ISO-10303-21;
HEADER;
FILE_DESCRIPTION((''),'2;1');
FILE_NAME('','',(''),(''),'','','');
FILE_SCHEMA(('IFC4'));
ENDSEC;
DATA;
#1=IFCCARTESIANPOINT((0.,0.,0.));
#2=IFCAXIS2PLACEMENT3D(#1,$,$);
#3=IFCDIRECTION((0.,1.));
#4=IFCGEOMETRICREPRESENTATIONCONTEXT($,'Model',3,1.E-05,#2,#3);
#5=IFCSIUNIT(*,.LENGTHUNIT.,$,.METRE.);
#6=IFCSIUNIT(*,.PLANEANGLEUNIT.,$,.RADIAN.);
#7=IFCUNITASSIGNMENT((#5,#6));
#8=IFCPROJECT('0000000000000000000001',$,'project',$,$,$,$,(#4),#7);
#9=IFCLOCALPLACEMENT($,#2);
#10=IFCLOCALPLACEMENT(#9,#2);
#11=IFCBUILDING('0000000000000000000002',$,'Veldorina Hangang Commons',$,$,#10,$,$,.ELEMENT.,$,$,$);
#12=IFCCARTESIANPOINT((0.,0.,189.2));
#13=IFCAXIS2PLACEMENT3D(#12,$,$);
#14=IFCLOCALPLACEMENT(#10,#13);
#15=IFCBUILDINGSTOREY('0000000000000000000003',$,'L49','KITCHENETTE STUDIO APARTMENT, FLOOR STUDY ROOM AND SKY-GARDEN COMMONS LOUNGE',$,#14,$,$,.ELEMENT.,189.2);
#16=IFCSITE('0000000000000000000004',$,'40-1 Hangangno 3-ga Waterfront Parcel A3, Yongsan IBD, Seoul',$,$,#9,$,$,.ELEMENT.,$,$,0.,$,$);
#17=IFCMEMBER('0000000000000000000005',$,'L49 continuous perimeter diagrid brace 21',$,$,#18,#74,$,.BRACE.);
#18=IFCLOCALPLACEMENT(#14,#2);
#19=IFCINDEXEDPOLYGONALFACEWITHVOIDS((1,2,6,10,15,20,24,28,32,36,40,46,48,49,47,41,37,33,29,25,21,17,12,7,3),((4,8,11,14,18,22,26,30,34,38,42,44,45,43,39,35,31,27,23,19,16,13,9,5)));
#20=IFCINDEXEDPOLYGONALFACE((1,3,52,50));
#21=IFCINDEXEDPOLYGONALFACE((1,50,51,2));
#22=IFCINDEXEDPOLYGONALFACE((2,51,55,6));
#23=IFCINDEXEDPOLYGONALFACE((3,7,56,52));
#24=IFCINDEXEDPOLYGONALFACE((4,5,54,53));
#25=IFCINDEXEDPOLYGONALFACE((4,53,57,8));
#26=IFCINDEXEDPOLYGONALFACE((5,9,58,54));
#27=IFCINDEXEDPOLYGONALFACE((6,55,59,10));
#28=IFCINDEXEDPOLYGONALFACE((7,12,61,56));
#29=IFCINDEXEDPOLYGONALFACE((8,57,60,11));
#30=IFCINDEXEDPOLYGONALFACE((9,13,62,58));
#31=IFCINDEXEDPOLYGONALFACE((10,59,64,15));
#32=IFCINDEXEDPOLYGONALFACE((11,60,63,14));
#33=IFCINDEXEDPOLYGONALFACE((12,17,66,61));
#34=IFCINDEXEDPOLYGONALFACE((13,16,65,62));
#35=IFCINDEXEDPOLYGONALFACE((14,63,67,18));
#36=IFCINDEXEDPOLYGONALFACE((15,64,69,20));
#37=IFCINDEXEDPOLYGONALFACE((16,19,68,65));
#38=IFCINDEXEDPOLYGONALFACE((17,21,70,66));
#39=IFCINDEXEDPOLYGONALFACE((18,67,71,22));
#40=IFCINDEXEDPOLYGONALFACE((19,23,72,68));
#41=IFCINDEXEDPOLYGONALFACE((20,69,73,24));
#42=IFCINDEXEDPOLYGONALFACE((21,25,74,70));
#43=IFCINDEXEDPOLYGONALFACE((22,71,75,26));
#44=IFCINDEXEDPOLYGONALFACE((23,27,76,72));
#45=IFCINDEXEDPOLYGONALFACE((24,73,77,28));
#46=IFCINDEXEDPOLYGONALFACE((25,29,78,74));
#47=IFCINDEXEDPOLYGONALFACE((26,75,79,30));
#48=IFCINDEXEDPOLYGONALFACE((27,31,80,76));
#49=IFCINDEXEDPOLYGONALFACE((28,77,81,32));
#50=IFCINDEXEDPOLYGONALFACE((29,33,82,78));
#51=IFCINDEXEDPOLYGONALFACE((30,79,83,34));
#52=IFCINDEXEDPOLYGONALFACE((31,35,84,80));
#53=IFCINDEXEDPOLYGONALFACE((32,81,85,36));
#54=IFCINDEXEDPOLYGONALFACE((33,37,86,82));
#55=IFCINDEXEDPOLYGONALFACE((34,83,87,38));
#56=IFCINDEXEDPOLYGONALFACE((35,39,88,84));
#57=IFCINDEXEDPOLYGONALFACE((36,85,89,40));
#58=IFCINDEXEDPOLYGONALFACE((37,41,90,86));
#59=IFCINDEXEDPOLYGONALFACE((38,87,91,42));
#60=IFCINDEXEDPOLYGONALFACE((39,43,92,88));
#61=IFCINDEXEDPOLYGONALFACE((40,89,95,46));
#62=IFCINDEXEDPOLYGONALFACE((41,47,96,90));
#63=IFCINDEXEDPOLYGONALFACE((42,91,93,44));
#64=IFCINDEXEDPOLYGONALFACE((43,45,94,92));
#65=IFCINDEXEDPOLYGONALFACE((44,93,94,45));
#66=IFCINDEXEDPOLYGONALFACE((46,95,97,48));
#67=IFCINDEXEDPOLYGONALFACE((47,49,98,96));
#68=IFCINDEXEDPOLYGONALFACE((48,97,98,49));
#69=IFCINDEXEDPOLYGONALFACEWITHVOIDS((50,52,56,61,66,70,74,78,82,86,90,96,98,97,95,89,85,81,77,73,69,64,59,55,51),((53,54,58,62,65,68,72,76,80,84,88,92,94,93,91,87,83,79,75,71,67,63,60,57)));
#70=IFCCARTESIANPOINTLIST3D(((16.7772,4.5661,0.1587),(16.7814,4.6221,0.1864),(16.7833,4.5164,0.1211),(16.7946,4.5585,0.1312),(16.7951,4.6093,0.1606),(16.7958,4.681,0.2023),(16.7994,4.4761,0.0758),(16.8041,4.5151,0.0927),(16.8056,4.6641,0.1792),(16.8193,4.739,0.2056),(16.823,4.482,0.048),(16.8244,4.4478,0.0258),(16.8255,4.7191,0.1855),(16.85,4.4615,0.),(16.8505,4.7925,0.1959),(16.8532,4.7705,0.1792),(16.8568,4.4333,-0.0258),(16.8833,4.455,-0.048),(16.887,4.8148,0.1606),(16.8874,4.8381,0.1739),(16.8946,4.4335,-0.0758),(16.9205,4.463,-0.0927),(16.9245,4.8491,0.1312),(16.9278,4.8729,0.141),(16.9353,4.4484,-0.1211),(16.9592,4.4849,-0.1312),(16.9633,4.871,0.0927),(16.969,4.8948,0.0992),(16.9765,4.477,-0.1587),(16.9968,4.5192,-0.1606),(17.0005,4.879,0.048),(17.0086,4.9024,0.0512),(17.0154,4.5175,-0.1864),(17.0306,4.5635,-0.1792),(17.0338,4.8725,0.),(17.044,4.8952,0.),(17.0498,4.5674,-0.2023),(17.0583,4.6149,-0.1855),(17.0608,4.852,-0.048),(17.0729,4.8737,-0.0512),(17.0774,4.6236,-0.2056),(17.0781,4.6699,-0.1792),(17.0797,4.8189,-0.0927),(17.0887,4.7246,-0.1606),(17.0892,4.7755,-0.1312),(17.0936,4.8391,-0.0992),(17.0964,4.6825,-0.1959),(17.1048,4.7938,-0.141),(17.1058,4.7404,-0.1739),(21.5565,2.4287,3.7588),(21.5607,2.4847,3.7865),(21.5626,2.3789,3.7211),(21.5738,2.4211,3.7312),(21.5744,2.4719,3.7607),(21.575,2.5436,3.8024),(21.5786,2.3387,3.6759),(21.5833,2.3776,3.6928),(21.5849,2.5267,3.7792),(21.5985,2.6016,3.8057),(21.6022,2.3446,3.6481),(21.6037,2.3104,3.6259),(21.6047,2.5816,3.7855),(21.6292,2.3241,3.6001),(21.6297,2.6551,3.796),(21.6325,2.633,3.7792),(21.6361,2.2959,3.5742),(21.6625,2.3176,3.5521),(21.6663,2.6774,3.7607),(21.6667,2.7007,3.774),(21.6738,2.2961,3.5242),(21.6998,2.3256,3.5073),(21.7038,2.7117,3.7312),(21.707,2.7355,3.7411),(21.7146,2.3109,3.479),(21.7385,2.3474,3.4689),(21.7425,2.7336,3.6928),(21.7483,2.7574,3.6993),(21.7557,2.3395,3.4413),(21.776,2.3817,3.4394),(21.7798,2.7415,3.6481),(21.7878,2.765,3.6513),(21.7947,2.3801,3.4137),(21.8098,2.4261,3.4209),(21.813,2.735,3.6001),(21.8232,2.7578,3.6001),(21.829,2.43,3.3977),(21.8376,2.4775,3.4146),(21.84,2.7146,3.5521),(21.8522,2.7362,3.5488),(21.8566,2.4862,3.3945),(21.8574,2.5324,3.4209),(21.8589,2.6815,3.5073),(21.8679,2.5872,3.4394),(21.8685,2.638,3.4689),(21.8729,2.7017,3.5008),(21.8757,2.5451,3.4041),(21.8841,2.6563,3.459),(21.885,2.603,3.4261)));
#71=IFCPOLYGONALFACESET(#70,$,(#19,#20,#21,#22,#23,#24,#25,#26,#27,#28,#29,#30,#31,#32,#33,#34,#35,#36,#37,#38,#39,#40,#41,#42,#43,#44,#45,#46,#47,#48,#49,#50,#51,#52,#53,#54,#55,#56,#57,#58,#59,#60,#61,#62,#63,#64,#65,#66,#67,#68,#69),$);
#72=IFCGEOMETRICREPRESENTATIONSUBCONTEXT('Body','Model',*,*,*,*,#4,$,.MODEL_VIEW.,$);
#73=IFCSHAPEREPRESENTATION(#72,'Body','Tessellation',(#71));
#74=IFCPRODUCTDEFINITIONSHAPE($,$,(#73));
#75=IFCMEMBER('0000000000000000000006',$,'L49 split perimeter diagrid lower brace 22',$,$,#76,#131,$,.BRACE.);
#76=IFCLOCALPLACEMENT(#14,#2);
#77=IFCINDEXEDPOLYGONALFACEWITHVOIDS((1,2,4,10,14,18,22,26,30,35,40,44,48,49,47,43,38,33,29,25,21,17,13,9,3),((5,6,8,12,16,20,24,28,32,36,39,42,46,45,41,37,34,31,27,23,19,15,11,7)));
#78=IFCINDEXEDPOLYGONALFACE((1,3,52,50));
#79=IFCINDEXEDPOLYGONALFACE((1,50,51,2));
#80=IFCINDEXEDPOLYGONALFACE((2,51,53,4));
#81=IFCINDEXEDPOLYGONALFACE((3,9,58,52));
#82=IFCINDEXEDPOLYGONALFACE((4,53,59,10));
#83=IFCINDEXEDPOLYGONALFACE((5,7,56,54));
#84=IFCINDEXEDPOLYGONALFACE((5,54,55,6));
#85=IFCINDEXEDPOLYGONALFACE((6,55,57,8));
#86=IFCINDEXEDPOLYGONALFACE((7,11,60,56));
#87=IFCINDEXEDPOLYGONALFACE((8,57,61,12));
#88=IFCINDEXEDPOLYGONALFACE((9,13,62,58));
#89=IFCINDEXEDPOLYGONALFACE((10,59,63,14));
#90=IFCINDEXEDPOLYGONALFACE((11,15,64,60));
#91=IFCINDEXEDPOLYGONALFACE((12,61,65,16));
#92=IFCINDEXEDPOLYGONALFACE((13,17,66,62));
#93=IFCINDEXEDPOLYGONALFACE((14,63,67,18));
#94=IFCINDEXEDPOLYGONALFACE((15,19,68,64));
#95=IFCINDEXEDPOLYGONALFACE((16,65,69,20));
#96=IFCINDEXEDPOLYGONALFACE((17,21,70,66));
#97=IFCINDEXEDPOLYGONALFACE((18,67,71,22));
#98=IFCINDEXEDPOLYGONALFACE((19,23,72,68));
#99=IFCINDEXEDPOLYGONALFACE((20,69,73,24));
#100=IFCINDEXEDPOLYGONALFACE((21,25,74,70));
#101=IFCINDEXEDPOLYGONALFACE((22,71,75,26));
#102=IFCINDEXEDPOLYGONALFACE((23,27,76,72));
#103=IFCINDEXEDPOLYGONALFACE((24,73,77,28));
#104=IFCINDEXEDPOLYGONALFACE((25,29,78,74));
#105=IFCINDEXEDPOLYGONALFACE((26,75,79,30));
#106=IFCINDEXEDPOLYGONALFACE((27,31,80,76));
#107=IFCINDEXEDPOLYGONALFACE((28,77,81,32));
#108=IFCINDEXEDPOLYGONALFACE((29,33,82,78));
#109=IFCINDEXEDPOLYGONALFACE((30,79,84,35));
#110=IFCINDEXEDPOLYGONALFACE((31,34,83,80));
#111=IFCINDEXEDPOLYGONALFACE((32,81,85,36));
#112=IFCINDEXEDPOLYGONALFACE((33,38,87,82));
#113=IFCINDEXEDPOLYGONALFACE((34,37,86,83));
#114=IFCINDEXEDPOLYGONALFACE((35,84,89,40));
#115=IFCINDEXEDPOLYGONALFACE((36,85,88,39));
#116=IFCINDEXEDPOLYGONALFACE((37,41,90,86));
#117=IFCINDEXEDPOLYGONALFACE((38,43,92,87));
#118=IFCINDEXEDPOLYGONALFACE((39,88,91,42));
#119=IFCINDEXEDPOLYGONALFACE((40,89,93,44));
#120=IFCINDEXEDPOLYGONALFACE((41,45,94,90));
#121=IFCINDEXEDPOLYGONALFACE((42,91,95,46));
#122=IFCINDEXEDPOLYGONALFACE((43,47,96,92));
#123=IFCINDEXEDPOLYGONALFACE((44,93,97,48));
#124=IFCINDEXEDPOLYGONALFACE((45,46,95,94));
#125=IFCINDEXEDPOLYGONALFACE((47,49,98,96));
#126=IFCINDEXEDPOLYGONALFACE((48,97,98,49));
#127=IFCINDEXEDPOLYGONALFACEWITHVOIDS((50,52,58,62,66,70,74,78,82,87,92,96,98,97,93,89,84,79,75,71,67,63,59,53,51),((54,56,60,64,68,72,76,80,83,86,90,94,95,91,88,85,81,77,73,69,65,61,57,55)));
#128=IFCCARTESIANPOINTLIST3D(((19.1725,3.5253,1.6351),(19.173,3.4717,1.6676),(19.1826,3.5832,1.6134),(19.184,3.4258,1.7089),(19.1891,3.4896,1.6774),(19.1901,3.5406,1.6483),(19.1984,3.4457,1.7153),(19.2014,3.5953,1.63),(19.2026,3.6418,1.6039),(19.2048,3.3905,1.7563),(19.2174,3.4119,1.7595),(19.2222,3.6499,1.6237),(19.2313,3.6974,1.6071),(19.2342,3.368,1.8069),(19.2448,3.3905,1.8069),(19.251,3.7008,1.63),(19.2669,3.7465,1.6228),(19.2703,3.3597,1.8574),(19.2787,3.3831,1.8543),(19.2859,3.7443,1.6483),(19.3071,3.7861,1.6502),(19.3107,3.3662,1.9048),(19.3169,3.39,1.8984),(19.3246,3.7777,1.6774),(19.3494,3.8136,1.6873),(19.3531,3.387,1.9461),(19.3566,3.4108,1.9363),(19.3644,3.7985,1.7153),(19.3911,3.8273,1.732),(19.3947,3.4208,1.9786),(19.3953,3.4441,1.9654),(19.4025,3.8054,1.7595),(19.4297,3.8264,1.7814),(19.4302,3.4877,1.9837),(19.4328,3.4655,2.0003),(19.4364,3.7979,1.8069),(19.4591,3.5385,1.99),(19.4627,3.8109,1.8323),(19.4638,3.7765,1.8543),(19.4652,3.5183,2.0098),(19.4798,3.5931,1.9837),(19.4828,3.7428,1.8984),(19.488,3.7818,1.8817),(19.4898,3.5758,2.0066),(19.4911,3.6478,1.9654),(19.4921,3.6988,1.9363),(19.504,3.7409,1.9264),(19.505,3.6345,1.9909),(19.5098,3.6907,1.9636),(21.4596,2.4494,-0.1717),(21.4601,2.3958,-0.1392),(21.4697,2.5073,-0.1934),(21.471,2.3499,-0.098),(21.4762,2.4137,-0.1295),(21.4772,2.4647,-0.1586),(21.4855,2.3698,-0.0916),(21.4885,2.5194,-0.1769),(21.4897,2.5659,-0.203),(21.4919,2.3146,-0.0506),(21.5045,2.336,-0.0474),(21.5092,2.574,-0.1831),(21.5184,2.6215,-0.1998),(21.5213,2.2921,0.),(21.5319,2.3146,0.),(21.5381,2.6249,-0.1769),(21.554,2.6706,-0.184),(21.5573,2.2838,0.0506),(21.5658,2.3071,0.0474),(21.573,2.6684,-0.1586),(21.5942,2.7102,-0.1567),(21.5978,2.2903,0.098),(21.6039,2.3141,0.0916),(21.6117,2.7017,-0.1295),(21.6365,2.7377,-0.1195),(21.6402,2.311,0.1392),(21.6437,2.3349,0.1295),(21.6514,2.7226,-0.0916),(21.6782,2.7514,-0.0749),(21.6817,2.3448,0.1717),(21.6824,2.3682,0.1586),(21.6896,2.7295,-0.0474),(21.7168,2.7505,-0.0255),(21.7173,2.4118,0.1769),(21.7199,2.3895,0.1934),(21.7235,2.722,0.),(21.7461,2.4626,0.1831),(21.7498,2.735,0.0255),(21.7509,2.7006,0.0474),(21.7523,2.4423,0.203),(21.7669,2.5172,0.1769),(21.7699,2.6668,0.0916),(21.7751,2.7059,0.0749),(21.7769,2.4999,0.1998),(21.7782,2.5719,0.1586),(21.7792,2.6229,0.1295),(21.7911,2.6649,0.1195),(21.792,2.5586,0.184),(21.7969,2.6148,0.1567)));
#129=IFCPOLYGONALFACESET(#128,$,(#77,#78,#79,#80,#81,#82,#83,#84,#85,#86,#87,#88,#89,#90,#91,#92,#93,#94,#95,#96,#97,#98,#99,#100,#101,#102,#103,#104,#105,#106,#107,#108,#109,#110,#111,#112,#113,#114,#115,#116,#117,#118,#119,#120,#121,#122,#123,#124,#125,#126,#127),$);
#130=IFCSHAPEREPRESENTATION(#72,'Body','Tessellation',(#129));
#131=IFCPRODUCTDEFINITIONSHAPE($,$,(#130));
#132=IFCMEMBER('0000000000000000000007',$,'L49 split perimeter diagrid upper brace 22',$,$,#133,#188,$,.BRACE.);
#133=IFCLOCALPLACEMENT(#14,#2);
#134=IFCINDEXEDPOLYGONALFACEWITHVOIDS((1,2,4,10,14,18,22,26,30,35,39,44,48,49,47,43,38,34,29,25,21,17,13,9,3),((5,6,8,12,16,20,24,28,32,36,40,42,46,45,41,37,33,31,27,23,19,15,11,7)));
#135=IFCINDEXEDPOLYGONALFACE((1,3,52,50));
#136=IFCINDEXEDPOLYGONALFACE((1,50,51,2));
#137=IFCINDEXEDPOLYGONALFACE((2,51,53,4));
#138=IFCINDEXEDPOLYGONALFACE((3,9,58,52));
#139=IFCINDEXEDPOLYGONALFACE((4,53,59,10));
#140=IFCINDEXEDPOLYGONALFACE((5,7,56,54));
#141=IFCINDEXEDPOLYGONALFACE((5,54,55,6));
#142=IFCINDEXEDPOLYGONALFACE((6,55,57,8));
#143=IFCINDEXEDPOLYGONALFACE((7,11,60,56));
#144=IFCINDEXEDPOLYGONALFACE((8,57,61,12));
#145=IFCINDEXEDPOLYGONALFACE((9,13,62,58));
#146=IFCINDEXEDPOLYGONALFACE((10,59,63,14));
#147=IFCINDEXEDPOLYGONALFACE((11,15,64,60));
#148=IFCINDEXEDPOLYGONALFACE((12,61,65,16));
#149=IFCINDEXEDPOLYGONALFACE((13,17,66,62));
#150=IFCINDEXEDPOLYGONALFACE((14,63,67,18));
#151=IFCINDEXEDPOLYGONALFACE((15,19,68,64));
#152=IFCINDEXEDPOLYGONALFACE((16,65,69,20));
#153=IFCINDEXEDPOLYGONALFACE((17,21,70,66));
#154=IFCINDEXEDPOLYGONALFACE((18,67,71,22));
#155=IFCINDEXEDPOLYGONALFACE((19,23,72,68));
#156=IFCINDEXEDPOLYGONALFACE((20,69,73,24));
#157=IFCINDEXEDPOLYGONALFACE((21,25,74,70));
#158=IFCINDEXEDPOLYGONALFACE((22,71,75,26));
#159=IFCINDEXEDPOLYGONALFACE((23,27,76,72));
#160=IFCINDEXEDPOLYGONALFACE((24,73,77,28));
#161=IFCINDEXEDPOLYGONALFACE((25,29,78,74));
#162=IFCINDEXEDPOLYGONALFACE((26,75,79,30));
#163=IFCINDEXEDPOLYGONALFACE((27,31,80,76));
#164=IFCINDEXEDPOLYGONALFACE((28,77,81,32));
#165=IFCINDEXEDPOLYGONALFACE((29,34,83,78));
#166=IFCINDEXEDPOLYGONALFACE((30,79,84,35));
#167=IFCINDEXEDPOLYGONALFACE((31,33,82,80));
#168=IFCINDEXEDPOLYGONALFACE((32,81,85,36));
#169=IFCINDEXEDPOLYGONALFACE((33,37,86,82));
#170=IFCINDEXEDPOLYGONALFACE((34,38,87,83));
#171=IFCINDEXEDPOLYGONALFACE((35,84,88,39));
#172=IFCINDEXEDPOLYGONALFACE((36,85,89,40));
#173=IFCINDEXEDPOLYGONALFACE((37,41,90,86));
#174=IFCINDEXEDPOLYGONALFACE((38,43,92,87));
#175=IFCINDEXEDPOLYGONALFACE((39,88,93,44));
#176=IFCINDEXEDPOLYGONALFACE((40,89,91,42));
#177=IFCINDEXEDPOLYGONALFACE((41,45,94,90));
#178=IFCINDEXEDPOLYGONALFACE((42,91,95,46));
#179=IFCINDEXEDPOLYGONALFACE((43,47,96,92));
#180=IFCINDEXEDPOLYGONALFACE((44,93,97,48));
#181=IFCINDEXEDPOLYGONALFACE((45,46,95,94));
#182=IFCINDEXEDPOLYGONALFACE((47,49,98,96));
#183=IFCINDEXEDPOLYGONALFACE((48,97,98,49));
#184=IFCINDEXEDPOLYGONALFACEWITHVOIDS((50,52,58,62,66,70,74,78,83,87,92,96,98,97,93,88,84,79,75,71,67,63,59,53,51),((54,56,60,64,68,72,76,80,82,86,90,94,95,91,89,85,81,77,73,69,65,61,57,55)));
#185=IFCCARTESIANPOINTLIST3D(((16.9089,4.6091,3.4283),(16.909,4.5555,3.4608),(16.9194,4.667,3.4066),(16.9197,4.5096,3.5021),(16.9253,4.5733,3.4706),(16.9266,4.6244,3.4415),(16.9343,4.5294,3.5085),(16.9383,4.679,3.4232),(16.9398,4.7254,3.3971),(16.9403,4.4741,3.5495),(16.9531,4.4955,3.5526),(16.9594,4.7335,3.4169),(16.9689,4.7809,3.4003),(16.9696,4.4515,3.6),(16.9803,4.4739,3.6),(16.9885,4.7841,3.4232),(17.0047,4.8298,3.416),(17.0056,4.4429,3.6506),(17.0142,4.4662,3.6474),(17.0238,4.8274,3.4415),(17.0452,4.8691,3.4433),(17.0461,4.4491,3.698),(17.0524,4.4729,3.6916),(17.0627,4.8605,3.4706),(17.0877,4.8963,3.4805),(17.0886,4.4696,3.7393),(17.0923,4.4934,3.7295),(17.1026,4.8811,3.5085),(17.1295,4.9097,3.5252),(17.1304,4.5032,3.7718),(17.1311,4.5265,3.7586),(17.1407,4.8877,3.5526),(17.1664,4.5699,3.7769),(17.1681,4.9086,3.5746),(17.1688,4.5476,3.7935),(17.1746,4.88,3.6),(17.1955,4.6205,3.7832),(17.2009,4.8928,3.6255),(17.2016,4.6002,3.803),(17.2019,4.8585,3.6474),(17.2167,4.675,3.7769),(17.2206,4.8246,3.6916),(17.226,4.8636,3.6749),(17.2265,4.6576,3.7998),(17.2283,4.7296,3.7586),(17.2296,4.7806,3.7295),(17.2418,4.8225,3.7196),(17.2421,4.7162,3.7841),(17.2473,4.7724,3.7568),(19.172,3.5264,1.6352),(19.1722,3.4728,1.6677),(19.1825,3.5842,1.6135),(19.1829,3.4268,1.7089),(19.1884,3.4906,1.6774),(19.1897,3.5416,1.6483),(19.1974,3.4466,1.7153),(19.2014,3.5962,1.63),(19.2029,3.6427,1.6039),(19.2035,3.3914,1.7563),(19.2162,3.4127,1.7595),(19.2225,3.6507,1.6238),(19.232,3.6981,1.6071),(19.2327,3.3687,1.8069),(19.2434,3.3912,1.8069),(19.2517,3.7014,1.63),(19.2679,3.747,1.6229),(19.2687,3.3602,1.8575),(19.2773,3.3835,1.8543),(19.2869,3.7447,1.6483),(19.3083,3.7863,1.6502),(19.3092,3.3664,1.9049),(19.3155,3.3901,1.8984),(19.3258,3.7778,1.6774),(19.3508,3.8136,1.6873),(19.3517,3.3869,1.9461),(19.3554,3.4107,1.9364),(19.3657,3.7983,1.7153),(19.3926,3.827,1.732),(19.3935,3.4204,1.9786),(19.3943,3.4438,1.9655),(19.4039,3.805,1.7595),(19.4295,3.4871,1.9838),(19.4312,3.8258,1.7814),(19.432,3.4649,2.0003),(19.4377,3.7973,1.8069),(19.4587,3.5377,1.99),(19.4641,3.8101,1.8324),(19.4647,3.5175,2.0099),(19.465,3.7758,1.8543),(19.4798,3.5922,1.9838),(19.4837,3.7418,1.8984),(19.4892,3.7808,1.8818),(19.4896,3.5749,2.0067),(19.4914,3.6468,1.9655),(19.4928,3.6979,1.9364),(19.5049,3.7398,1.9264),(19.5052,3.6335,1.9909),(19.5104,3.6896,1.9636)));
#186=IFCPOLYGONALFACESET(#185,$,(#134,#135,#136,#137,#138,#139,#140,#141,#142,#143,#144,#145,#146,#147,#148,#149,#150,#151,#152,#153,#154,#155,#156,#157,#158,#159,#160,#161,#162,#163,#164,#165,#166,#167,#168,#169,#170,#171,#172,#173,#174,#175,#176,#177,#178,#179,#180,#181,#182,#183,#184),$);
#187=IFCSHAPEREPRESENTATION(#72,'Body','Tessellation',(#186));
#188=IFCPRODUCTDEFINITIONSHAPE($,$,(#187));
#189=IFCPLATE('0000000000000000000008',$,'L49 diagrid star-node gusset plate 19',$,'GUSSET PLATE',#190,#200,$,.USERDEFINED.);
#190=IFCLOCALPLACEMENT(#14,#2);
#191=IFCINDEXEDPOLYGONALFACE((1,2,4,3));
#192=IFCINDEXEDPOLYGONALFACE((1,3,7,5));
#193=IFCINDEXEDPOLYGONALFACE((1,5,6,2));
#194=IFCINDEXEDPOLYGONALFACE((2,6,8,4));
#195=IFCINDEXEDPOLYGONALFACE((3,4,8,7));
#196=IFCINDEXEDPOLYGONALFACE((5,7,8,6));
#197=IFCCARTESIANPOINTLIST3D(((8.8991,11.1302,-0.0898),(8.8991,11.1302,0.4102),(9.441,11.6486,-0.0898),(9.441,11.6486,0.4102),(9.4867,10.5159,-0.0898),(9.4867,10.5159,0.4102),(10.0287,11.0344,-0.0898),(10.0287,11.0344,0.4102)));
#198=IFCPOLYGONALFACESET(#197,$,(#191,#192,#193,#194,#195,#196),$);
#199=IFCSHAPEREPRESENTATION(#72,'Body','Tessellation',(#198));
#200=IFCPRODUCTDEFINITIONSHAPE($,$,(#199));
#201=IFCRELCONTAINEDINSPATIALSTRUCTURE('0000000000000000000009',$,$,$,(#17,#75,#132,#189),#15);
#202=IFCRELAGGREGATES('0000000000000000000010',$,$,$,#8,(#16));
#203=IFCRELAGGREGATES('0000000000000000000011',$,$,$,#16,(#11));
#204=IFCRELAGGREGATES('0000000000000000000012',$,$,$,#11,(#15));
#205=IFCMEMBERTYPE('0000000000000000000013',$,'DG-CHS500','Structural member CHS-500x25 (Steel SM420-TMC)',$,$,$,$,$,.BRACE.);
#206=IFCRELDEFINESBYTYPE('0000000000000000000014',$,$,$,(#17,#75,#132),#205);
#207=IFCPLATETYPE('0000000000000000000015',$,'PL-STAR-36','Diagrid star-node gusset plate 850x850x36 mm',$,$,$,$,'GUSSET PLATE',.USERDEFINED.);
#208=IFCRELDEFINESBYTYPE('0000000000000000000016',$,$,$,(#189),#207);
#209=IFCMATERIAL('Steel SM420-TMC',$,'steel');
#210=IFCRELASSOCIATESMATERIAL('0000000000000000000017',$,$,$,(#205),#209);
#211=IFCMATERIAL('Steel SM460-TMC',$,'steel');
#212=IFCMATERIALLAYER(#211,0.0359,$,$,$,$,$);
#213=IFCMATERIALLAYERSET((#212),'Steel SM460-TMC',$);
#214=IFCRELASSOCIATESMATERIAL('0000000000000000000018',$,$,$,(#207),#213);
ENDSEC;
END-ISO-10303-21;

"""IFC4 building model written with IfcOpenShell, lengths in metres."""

from ifc_helpers import new_model, si_unit, direction, frame, origin, origin_2d, place, context, subcontext, project, spatial, rectangle, hollow_circle, extrude, material, layer, layer_set, material_profile, profile_set, type_object, element, save


model = new_model("IFC4")

# Units and contexts
model_context = context("Model", 3, precision=1e-05, world=origin(), true_north=direction((0.0, 1.0)))
body_context = subcontext(model_context, "Body", "Model", "MODEL_VIEW")
ifc_project = project(units=[si_unit("LENGTHUNIT", "METRE"), si_unit("PLANEANGLEUNIT", "RADIAN")], contexts=[model_context])

# Site, building, storey
site_placement = place(None, origin())
site = spatial("IfcSite", under=ifc_project, at=site_placement, Name="40-1 Hangangno 3-ga Waterfront Parcel A3, Yongsan IBD, Seoul", CompositionType="ELEMENT", RefElevation=0.0)
building_placement = place(site_placement, origin())
building = spatial("IfcBuilding", under=site, at=building_placement, Name="Veldorina Hangang Commons", CompositionType="ELEMENT")
storey_placement = place(building_placement, frame((0.0, 0.0, 189.2)))
storey = spatial("IfcBuildingStorey", under=building, at=storey_placement, Name="L49", Description="KITCHENETTE STUDIO APARTMENT, FLOOR STUDY ROOM AND SKY-GARDEN COMMONS LOUNGE", CompositionType="ELEMENT", Elevation=189.2)

# Shared definitions
ifc_material_1 = material(Name="Steel SM420-TMC", Category="steel")

# Members
ifc_material_profile_1 = material_profile(ifc_material_1, hollow_circle(Radius=0.25, WallThickness=0.0249, at=origin_2d()), Name="CHS-500x25")
ifc_profile_set_1 = profile_set([ifc_material_profile_1], Name="Steel SM420-TMC")
member_type = type_object("IfcMemberType", Name="DG-CHS500", Description="Structural member CHS-500x25 (Steel SM420-TMC)", PredefinedType="BRACE", material=ifc_profile_set_1)
member_1_placement = place(storey_placement, frame((16.9419, 4.667, 0.0), z_axis=(0.752192, -0.336404, 0.566603), x_axis=(0.408262, 0.912865, 0.0)))
element("IfcMember", 1, at=member_1_placement, inside=storey, type_object=member_type, Name="L49 continuous perimeter diagrid brace 21", PredefinedType="BRACE", context=body_context, shape_type="SweptSolid", body=[
    extrude(hollow_circle(Radius=0.25, WallThickness=0.0249, at=origin_2d()), origin(), (0.0, 0.0, 1.0), 6.3538),
])
member_2_placement = place(storey_placement, frame((21.6277, 2.5183, 0.0), z_axis=(-0.73612, 0.346294, 0.581557), x_axis=(-0.425681, -0.904873, 0.0)))
element("IfcMember", 2, at=member_2_placement, inside=storey, type_object=member_type, Name="L49 split perimeter diagrid lower brace 22", PredefinedType="BRACE", context=body_context, shape_type="SweptSolid", body=[
    extrude(hollow_circle(Radius=0.25, WallThickness=0.0249, at=origin_2d()), origin(), (0.0, 0.0, 1.0), 3.1069),
])
member_3_placement = place(storey_placement, frame((19.3406, 3.5942, 1.8069), z_axis=(-0.733888, 0.35111, 0.581489), x_axis=(-0.431576, -0.902077, 0.0)))
element("IfcMember", 3, at=member_3_placement, inside=storey, type_object=member_type, Name="L49 split perimeter diagrid upper brace 22", PredefinedType="BRACE", context=body_context, shape_type="SweptSolid", body=[
    extrude(hollow_circle(Radius=0.25, WallThickness=0.0249, at=origin_2d()), origin(), (0.0, 0.0, 1.0), 3.0837),
])

# Plate
ifc_material_2 = material(Name="Steel SM460-TMC", Category="steel")
ifc_layer_1 = layer(ifc_material_2, 0.0359)
ifc_layer_set_1 = layer_set([ifc_layer_1], Name="Steel SM460-TMC")
plate_type = type_object("IfcPlateType", Name="PL-STAR-36", Description="Diagrid star-node gusset plate 850x850x36 mm", ElementType="GUSSET PLATE", PredefinedType="USERDEFINED", material=ifc_layer_set_1)
plate_1_placement = place(storey_placement, frame((9.4639, 11.0823, -0.0898), z_axis=(0.0, 0.0, 1.0), x_axis=(0.691261, -0.722605, 0.0)))
element("IfcPlate", 4, at=plate_1_placement, inside=storey, type_object=plate_type, Name="L49 diagrid star-node gusset plate 19", ObjectType="GUSSET PLATE", PredefinedType="USERDEFINED", context=body_context, shape_type="SweptSolid", body=[
    extrude(rectangle(XDim=0.8501, YDim=0.75, at=origin_2d()), origin(), (0.0, 0.0, 1.0), 0.5),
])

save(model, "model.ifc")
